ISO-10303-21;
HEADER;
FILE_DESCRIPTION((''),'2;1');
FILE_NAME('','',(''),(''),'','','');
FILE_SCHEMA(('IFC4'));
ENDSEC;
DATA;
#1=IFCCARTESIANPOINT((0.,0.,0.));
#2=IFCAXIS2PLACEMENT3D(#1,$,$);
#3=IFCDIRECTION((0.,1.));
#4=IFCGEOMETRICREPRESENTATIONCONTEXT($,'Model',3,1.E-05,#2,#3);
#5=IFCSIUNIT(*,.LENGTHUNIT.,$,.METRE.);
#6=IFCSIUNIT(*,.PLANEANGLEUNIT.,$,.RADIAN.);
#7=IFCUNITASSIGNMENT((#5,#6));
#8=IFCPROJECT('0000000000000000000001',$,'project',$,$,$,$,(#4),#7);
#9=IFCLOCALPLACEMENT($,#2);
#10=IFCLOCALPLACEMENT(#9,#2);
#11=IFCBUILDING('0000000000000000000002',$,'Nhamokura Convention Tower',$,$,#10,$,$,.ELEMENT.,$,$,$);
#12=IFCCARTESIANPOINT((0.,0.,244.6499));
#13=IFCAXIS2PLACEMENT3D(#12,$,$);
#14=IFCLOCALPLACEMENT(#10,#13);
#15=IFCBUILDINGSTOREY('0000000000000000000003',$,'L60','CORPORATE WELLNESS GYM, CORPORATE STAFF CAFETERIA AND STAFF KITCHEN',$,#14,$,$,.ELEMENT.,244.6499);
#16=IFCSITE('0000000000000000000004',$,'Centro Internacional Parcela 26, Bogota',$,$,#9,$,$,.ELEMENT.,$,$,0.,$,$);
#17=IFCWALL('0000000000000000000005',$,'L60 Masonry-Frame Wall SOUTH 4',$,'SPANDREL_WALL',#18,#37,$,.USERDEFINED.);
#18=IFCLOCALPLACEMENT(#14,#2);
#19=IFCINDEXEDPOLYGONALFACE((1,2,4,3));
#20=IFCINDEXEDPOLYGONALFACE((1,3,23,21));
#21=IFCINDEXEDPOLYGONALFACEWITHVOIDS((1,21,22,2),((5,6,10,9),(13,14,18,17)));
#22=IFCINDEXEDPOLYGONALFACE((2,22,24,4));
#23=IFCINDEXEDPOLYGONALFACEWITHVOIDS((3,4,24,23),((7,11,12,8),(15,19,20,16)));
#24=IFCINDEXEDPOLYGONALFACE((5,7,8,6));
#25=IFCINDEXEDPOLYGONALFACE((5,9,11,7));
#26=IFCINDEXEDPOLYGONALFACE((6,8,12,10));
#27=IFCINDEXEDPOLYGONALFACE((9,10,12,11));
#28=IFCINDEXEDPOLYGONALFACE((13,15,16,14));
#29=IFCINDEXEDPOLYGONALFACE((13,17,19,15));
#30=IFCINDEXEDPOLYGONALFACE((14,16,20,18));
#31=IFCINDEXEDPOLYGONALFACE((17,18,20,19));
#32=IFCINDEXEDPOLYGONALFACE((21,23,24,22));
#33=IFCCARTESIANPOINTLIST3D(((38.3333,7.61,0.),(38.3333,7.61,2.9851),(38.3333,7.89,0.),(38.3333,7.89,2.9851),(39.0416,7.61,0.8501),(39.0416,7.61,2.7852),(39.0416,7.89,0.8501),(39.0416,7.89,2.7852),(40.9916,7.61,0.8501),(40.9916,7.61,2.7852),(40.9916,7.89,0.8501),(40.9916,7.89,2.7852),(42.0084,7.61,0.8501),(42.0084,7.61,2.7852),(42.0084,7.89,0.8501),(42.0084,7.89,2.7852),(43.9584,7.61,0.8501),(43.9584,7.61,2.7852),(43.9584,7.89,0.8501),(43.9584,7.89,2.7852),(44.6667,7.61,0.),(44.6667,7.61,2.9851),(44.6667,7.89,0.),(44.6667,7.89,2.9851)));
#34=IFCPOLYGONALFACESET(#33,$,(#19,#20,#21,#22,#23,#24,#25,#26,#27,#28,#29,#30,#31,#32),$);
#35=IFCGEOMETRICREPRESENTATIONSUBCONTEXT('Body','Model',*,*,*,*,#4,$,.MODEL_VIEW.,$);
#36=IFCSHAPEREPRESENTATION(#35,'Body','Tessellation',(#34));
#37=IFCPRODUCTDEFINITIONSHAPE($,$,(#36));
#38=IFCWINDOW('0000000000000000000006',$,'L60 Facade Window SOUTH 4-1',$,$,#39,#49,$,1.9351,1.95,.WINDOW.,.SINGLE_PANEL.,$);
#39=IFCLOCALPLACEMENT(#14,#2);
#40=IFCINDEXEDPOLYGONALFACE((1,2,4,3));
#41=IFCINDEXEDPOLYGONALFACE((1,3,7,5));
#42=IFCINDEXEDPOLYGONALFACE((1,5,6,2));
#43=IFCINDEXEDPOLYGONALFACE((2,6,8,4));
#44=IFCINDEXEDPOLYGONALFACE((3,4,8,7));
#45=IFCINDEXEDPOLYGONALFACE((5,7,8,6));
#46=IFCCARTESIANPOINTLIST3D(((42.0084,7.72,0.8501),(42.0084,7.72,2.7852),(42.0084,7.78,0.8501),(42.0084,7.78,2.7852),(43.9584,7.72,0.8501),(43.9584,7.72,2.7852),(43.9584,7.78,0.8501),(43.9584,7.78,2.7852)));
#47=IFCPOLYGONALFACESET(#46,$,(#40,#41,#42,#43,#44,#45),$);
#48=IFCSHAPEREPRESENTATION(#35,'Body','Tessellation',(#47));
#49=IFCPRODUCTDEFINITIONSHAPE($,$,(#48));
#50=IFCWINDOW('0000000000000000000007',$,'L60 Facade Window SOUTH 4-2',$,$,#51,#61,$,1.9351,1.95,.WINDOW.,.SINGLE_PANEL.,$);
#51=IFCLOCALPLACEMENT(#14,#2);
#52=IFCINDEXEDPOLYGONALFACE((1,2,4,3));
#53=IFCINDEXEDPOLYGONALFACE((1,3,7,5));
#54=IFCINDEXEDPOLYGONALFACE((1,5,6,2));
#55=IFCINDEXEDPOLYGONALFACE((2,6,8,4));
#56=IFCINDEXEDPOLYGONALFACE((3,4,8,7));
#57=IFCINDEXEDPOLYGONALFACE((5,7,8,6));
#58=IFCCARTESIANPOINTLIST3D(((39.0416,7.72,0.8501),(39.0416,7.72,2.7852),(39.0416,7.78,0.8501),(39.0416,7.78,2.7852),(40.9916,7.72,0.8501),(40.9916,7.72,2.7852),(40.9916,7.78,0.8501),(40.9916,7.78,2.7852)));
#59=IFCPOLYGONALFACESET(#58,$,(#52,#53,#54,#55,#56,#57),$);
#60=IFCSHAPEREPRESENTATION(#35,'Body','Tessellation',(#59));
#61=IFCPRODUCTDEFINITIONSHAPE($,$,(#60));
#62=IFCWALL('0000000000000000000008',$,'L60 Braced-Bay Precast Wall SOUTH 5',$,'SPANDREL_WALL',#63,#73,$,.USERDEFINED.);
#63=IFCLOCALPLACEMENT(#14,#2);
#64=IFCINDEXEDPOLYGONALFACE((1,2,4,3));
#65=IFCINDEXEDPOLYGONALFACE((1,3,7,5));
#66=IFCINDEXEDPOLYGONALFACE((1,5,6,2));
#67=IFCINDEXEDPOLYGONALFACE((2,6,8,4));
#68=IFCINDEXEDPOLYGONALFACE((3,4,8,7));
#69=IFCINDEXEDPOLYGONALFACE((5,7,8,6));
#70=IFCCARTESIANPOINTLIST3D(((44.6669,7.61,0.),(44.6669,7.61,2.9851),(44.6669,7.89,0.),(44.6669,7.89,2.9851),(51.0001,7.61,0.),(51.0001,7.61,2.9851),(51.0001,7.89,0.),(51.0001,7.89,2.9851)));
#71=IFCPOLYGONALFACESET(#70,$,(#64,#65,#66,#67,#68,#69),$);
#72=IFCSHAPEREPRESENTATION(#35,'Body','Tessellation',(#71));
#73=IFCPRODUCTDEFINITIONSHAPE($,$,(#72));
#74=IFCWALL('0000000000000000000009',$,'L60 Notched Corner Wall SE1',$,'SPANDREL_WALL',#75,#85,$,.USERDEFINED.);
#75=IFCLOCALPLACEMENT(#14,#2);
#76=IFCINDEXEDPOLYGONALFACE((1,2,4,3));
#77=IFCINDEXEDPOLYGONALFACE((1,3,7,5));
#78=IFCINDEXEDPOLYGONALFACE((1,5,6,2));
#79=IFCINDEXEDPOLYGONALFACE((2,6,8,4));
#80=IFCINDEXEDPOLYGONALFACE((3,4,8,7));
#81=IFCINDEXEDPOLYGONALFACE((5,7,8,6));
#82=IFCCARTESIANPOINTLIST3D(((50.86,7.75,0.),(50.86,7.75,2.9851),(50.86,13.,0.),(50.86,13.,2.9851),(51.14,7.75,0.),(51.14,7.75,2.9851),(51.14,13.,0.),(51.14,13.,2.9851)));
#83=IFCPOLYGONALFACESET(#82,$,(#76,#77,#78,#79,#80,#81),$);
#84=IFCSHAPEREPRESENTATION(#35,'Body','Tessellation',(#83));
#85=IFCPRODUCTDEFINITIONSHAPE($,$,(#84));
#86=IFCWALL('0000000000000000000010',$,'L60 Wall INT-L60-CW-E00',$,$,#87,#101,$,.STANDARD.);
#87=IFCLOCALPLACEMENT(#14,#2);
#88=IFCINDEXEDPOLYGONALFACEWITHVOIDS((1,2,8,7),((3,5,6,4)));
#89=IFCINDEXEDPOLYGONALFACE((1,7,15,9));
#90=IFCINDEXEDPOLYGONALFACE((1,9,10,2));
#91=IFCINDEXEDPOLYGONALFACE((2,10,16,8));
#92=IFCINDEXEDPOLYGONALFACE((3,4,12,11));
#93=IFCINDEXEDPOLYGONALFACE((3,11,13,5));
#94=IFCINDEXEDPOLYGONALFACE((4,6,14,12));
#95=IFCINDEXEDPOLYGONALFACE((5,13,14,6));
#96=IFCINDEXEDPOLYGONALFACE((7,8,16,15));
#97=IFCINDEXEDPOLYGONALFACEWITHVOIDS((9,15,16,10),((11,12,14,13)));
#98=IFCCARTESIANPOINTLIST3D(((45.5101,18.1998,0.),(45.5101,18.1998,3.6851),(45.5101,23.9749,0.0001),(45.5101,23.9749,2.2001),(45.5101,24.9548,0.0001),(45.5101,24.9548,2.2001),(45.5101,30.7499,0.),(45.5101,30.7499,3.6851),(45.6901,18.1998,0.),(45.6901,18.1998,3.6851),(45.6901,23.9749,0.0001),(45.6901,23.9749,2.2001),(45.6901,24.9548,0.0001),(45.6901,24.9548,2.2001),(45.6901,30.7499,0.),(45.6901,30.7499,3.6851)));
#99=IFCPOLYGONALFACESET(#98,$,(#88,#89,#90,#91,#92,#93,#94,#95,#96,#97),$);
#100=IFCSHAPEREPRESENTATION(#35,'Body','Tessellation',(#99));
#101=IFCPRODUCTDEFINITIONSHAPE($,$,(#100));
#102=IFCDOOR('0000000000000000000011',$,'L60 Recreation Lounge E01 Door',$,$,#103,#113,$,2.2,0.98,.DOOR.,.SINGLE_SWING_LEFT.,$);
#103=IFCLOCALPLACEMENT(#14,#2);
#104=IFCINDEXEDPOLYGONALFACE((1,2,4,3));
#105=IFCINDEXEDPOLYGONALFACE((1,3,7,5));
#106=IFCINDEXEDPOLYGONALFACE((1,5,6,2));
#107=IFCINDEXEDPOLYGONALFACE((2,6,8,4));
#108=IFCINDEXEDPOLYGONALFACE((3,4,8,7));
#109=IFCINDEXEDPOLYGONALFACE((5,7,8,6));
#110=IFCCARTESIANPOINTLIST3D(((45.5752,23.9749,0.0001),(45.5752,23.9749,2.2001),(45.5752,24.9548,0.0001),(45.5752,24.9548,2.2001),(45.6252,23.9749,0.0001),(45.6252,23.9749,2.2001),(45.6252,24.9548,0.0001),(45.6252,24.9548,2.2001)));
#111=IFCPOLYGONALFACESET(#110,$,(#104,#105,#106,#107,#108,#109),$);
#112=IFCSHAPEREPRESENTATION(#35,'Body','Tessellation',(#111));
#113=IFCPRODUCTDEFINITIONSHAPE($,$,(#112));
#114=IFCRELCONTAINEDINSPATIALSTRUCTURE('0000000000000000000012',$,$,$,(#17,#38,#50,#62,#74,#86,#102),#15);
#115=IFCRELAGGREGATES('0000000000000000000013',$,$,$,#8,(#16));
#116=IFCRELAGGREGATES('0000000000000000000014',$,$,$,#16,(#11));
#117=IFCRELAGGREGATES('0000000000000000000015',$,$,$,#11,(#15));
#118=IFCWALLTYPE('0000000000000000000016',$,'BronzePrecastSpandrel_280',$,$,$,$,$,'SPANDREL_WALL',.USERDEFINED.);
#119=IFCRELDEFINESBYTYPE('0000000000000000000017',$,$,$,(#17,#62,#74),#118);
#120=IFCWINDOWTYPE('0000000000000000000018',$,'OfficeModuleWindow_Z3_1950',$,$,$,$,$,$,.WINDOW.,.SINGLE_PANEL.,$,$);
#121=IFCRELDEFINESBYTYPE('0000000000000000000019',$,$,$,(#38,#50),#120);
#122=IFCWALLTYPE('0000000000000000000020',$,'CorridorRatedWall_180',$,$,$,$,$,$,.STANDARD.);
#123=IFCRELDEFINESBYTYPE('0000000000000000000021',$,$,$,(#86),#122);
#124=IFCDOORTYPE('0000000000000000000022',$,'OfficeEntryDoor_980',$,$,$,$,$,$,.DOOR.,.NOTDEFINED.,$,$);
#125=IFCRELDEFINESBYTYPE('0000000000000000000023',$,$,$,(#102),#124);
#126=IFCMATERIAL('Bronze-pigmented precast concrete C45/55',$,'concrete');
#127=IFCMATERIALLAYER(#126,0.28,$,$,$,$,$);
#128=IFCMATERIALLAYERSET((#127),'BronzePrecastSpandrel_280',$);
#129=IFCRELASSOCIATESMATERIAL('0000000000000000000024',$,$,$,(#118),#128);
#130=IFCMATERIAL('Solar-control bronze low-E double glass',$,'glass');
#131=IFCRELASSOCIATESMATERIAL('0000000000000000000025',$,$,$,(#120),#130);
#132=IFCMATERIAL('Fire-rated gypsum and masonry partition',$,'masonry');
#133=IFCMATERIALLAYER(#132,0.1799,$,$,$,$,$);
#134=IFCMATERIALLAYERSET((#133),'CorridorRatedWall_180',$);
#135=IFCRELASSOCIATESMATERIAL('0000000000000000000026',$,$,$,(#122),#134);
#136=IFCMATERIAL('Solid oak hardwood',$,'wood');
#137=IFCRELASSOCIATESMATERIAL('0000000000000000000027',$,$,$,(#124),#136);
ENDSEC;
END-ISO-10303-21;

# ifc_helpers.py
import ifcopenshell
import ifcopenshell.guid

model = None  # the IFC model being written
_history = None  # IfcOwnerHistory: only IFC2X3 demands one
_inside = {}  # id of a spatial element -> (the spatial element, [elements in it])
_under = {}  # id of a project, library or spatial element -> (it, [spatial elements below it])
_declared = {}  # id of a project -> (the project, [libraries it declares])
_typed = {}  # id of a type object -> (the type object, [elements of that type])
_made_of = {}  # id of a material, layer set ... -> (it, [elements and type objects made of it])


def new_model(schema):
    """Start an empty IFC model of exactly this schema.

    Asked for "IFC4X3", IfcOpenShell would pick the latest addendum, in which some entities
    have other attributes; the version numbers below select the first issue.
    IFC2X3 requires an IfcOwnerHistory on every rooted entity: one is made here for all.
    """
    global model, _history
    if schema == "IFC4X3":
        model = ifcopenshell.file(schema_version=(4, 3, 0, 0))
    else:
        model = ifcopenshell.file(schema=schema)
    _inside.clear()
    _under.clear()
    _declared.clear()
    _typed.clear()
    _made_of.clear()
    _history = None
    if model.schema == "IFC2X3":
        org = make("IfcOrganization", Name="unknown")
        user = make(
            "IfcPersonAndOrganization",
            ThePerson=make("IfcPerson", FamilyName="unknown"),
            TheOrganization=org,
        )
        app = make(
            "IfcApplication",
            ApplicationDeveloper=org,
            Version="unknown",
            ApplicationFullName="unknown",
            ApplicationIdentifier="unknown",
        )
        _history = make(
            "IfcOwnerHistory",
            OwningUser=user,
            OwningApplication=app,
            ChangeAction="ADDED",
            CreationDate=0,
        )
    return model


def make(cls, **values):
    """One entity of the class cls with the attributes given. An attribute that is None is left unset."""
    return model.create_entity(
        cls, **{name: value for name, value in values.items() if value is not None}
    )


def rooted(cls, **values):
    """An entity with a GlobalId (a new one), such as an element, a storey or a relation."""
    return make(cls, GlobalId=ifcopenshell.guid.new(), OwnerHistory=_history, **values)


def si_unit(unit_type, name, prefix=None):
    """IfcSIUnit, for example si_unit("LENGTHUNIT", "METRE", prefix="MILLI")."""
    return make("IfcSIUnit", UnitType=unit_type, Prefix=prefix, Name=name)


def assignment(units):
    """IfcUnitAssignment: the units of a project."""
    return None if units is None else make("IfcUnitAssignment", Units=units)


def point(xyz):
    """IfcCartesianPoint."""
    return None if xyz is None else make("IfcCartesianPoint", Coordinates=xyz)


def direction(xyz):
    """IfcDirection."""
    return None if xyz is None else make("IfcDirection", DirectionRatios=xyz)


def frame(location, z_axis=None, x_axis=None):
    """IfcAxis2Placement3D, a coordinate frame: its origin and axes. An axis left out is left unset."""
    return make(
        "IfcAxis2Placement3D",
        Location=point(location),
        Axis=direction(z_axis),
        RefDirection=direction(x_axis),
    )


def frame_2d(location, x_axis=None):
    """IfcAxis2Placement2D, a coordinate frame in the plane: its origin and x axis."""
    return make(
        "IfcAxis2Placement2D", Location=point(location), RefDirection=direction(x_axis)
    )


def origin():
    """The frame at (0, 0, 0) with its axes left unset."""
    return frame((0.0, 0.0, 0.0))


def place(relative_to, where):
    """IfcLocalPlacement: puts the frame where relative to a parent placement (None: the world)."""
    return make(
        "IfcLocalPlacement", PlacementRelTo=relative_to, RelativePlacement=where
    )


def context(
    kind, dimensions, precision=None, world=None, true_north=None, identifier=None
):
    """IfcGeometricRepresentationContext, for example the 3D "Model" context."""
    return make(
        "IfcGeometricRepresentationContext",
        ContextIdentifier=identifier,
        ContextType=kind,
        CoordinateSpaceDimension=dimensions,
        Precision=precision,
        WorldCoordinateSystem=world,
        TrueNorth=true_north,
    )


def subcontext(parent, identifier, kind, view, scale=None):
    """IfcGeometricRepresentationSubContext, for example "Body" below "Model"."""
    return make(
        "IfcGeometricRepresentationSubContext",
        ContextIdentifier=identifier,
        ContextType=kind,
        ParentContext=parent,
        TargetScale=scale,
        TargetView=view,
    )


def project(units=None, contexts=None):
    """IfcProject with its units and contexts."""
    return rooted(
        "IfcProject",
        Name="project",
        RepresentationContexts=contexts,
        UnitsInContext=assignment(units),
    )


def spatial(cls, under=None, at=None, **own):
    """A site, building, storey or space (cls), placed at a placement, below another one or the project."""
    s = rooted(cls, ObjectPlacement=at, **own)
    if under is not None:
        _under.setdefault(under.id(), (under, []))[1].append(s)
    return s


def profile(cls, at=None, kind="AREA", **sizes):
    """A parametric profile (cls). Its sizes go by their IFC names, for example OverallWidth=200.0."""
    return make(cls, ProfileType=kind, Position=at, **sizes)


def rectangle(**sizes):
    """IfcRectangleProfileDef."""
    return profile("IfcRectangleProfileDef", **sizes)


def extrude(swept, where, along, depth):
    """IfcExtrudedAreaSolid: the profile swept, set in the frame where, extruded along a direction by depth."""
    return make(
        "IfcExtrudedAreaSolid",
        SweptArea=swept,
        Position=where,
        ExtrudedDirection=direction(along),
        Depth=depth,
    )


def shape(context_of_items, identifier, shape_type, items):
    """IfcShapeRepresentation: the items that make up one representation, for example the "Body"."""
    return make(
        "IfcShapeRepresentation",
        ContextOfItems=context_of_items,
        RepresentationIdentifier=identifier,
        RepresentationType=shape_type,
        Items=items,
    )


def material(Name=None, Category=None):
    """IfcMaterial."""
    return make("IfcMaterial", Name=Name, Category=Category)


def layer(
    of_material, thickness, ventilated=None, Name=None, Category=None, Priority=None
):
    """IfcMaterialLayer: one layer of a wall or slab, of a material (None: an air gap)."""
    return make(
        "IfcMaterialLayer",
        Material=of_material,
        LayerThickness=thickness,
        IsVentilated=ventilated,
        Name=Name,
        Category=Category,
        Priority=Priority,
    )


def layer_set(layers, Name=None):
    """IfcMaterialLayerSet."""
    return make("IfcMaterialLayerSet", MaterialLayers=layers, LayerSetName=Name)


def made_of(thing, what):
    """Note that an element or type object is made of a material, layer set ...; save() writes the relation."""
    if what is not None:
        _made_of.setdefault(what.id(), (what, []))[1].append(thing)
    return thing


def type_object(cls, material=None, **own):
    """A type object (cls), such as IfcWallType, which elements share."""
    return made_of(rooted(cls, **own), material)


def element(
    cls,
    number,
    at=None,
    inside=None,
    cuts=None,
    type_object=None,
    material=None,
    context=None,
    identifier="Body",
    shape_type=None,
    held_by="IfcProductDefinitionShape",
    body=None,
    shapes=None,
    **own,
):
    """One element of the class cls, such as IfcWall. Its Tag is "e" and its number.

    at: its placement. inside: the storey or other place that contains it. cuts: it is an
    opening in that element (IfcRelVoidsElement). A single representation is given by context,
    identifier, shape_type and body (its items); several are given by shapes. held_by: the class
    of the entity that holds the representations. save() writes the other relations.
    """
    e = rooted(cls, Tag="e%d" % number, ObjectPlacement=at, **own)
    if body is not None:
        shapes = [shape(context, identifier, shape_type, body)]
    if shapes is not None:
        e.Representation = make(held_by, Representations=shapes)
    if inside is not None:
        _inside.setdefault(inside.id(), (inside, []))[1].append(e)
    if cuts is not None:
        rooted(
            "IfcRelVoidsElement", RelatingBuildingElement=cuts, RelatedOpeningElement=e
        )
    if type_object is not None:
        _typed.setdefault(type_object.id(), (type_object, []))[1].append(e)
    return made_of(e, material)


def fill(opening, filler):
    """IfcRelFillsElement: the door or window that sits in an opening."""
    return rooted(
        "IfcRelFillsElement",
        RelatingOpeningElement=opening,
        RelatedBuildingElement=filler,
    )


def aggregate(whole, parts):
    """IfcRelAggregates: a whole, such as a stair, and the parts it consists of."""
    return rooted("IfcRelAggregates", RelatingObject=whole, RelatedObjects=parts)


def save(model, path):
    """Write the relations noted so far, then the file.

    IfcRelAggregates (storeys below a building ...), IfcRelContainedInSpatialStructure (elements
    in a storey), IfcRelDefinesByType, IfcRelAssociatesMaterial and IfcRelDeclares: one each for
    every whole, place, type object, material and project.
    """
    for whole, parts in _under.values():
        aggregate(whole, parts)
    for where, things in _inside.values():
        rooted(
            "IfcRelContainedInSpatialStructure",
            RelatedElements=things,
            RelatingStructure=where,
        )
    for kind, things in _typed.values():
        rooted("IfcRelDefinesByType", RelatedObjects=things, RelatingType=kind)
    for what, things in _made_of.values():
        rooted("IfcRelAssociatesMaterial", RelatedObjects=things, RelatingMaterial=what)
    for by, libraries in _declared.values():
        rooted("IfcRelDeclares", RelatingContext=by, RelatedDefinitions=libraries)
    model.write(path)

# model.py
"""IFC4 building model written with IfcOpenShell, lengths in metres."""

from ifc_helpers import new_model, si_unit, direction, frame, frame_2d, origin, place, context, subcontext, project, spatial, rectangle, extrude, material, layer, layer_set, type_object, element, fill, save


model = new_model("IFC4")

# Units and contexts
model_context = context("Model", 3, precision=1e-05, world=origin(), true_north=direction((0.0, 1.0)))
body_context = subcontext(model_context, "Body", "Model", "MODEL_VIEW")
ifc_project = project(units=[si_unit("LENGTHUNIT", "METRE"), si_unit("PLANEANGLEUNIT", "RADIAN")], contexts=[model_context])

# Site, building, storey
site_placement = place(None, origin())
site = spatial("IfcSite", under=ifc_project, at=site_placement, Name="Centro Internacional Parcela 26, Bogota", CompositionType="ELEMENT", RefElevation=0.0)
building_placement = place(site_placement, origin())
building = spatial("IfcBuilding", under=site, at=building_placement, Name="Nhamokura Convention Tower", CompositionType="ELEMENT")
storey_placement = place(building_placement, frame((0.0, 0.0, 244.6499)))
storey = spatial("IfcBuildingStorey", under=building, at=storey_placement, Name="L60", Description="CORPORATE WELLNESS GYM, CORPORATE STAFF CAFETERIA AND STAFF KITCHEN", CompositionType="ELEMENT", Elevation=244.6499)

# Wall, openings, windows
ifc_material_1 = material(Name="Bronze-pigmented precast concrete C45/55", Category="concrete")
ifc_layer_1 = layer(ifc_material_1, 0.28)
ifc_layer_set_1 = layer_set([ifc_layer_1], Name="BronzePrecastSpandrel_280")
wall_type_1 = type_object("IfcWallType", Name="BronzePrecastSpandrel_280", ElementType="SPANDREL_WALL", PredefinedType="USERDEFINED", material=ifc_layer_set_1)
wall_1_placement = place(storey_placement, frame((44.6667, 7.75, 0.0), z_axis=(0.0, 0.0, 1.0), x_axis=(-1.0, 0.0, 0.0)))
wall_1 = element("IfcWall", 1, at=wall_1_placement, inside=storey, type_object=wall_type_1, Name="L60 Masonry-Frame Wall SOUTH 4", ObjectType="SPANDREL_WALL", PredefinedType="USERDEFINED", context=body_context, shape_type="SweptSolid", body=[
    extrude(rectangle(XDim=6.3335, YDim=0.28, at=frame_2d((3.1667, 0.0))), origin(), (0.0, 0.0, 1.0), 2.9851),
])
opening_1_placement = place(wall_1_placement, frame((0.7083, 0.0, 0.8501)))
opening_1 = element("IfcOpeningElement", 2, at=opening_1_placement, cuts=wall_1, PredefinedType="OPENING", context=body_context, shape_type="SweptSolid", body=[
    extrude(rectangle(XDim=1.95, YDim=1.9351, at=frame_2d((0.9751, 0.9675))), frame((0.0, 0.1499, 0.0), z_axis=(0.0, -1.0, 0.0), x_axis=(1.0, 0.0, 0.0)), (0.0, 0.0, 1.0), 0.3),
])
opening_2_placement = place(wall_1_placement, frame((3.675, 0.0, 0.8501)))
opening_2 = element("IfcOpeningElement", 3, at=opening_2_placement, cuts=wall_1, PredefinedType="OPENING", context=body_context, shape_type="SweptSolid", body=[
    extrude(rectangle(XDim=1.95, YDim=1.9351, at=frame_2d((0.9751, 0.9675))), frame((0.0, 0.1499, 0.0), z_axis=(0.0, -1.0, 0.0), x_axis=(1.0, 0.0, 0.0)), (0.0, 0.0, 1.0), 0.3),
])
ifc_material_2 = material(Name="Solar-control bronze low-E double glass", Category="glass")
window_type = type_object("IfcWindowType", Name="OfficeModuleWindow_Z3_1950", PartitioningType="SINGLE_PANEL", PredefinedType="WINDOW", material=ifc_material_2)
window_1_placement = place(opening_1_placement, origin())
window_1 = element("IfcWindow", 4, at=window_1_placement, inside=storey, type_object=window_type, Name="L60 Facade Window SOUTH 4-1", OverallHeight=1.9351, OverallWidth=1.95, PartitioningType="SINGLE_PANEL", PredefinedType="WINDOW", context=body_context, shape_type="SweptSolid", body=[
    extrude(rectangle(XDim=1.95, YDim=1.9351, at=frame_2d((0.9751, 0.9675))), frame((0.0, 0.03, 0.0), z_axis=(0.0, -1.0, 0.0), x_axis=(1.0, 0.0, 0.0)), (0.0, 0.0, 1.0), 0.0601),
])
fill(opening_1, window_1)
window_2_placement = place(opening_2_placement, origin())
window_2 = element("IfcWindow", 5, at=window_2_placement, inside=storey, type_object=window_type, Name="L60 Facade Window SOUTH 4-2", OverallHeight=1.9351, OverallWidth=1.95, PartitioningType="SINGLE_PANEL", PredefinedType="WINDOW", context=body_context, shape_type="SweptSolid", body=[
    extrude(rectangle(XDim=1.95, YDim=1.9351, at=frame_2d((0.9751, 0.9675))), frame((0.0, 0.03, 0.0), z_axis=(0.0, -1.0, 0.0), x_axis=(1.0, 0.0, 0.0)), (0.0, 0.0, 1.0), 0.0601),
])
fill(opening_2, window_2)

# Walls
wall_2_placement = place(storey_placement, frame((51.0, 7.75, 0.0), z_axis=(0.0, 0.0, 1.0), x_axis=(-1.0, 0.0, 0.0)))
element("IfcWall", 6, at=wall_2_placement, inside=storey, type_object=wall_type_1, Name="L60 Braced-Bay Precast Wall SOUTH 5", ObjectType="SPANDREL_WALL", PredefinedType="USERDEFINED", context=body_context, shape_type="SweptSolid", body=[
    extrude(rectangle(XDim=6.3333, YDim=0.28, at=frame_2d((3.1665, 0.0))), origin(), (0.0, 0.0, 1.0), 2.9851),
])
wall_3_placement = place(storey_placement, frame((51.0, 13.0, 0.0), z_axis=(0.0, 0.0, 1.0), x_axis=(0.0, -1.0, 0.0)))
element("IfcWall", 7, at=wall_3_placement, inside=storey, type_object=wall_type_1, Name="L60 Notched Corner Wall SE1", ObjectType="SPANDREL_WALL", PredefinedType="USERDEFINED", context=body_context, shape_type="SweptSolid", body=[
    extrude(rectangle(XDim=5.25, YDim=0.28, at=frame_2d((2.625, 0.0))), origin(), (0.0, 0.0, 1.0), 2.9851),
])

# Wall, opening, door
ifc_material_3 = material(Name="Fire-rated gypsum and masonry partition", Category="masonry")
ifc_layer_2 = layer(ifc_material_3, 0.1799)
ifc_layer_set_2 = layer_set([ifc_layer_2], Name="CorridorRatedWall_180")
wall_type_2 = type_object("IfcWallType", Name="CorridorRatedWall_180", PredefinedType="STANDARD", material=ifc_layer_set_2)
wall_4_placement = place(storey_placement, frame((45.6001, 18.2, 0.0), z_axis=(0.0, 0.0, 1.0), x_axis=(0.0, 1.0, 0.0)))
wall_4 = element("IfcWall", 8, at=wall_4_placement, inside=storey, type_object=wall_type_2, Name="L60 Wall INT-L60-CW-E00", PredefinedType="STANDARD", context=body_context, shape_type="SweptSolid", body=[
    extrude(rectangle(XDim=12.55, YDim=0.1799, at=frame_2d((6.2749, 0.0))), origin(), (0.0, 0.0, 1.0), 3.6851),
])
opening_3_placement = place(wall_4_placement, frame((5.7749, 0.0, 0.0)))
opening_3 = element("IfcOpeningElement", 9, at=opening_3_placement, cuts=wall_4, PredefinedType="OPENING", context=body_context, shape_type="SweptSolid", body=[
    extrude(rectangle(XDim=0.98, YDim=2.2, at=frame_2d((0.49, 1.1001))), frame((0.0, 0.0999, 0.0), z_axis=(0.0, -1.0, 0.0), x_axis=(1.0, 0.0, 0.0)), (0.0, 0.0, 1.0), 0.2),
])
ifc_material_4 = material(Name="Solid oak hardwood", Category="wood")
door_type = type_object("IfcDoorType", Name="OfficeEntryDoor_980", OperationType="NOTDEFINED", PredefinedType="DOOR", material=ifc_material_4)
door_placement = place(opening_3_placement, origin())
door = element("IfcDoor", 10, at=door_placement, inside=storey, type_object=door_type, Name="L60 Recreation Lounge E01 Door", OperationType="SINGLE_SWING_LEFT", OverallHeight=2.2, OverallWidth=0.98, PredefinedType="DOOR", context=body_context, shape_type="SweptSolid", body=[
    extrude(rectangle(XDim=0.98, YDim=2.2, at=frame_2d((0.49, 1.1001))), frame((0.0, 0.0249, 0.0), z_axis=(0.0, -1.0, 0.0), x_axis=(1.0, 0.0, 0.0)), (0.0, 0.0, 1.0), 0.05),
])
fill(opening_3, door)

save(model, "model.ifc")
